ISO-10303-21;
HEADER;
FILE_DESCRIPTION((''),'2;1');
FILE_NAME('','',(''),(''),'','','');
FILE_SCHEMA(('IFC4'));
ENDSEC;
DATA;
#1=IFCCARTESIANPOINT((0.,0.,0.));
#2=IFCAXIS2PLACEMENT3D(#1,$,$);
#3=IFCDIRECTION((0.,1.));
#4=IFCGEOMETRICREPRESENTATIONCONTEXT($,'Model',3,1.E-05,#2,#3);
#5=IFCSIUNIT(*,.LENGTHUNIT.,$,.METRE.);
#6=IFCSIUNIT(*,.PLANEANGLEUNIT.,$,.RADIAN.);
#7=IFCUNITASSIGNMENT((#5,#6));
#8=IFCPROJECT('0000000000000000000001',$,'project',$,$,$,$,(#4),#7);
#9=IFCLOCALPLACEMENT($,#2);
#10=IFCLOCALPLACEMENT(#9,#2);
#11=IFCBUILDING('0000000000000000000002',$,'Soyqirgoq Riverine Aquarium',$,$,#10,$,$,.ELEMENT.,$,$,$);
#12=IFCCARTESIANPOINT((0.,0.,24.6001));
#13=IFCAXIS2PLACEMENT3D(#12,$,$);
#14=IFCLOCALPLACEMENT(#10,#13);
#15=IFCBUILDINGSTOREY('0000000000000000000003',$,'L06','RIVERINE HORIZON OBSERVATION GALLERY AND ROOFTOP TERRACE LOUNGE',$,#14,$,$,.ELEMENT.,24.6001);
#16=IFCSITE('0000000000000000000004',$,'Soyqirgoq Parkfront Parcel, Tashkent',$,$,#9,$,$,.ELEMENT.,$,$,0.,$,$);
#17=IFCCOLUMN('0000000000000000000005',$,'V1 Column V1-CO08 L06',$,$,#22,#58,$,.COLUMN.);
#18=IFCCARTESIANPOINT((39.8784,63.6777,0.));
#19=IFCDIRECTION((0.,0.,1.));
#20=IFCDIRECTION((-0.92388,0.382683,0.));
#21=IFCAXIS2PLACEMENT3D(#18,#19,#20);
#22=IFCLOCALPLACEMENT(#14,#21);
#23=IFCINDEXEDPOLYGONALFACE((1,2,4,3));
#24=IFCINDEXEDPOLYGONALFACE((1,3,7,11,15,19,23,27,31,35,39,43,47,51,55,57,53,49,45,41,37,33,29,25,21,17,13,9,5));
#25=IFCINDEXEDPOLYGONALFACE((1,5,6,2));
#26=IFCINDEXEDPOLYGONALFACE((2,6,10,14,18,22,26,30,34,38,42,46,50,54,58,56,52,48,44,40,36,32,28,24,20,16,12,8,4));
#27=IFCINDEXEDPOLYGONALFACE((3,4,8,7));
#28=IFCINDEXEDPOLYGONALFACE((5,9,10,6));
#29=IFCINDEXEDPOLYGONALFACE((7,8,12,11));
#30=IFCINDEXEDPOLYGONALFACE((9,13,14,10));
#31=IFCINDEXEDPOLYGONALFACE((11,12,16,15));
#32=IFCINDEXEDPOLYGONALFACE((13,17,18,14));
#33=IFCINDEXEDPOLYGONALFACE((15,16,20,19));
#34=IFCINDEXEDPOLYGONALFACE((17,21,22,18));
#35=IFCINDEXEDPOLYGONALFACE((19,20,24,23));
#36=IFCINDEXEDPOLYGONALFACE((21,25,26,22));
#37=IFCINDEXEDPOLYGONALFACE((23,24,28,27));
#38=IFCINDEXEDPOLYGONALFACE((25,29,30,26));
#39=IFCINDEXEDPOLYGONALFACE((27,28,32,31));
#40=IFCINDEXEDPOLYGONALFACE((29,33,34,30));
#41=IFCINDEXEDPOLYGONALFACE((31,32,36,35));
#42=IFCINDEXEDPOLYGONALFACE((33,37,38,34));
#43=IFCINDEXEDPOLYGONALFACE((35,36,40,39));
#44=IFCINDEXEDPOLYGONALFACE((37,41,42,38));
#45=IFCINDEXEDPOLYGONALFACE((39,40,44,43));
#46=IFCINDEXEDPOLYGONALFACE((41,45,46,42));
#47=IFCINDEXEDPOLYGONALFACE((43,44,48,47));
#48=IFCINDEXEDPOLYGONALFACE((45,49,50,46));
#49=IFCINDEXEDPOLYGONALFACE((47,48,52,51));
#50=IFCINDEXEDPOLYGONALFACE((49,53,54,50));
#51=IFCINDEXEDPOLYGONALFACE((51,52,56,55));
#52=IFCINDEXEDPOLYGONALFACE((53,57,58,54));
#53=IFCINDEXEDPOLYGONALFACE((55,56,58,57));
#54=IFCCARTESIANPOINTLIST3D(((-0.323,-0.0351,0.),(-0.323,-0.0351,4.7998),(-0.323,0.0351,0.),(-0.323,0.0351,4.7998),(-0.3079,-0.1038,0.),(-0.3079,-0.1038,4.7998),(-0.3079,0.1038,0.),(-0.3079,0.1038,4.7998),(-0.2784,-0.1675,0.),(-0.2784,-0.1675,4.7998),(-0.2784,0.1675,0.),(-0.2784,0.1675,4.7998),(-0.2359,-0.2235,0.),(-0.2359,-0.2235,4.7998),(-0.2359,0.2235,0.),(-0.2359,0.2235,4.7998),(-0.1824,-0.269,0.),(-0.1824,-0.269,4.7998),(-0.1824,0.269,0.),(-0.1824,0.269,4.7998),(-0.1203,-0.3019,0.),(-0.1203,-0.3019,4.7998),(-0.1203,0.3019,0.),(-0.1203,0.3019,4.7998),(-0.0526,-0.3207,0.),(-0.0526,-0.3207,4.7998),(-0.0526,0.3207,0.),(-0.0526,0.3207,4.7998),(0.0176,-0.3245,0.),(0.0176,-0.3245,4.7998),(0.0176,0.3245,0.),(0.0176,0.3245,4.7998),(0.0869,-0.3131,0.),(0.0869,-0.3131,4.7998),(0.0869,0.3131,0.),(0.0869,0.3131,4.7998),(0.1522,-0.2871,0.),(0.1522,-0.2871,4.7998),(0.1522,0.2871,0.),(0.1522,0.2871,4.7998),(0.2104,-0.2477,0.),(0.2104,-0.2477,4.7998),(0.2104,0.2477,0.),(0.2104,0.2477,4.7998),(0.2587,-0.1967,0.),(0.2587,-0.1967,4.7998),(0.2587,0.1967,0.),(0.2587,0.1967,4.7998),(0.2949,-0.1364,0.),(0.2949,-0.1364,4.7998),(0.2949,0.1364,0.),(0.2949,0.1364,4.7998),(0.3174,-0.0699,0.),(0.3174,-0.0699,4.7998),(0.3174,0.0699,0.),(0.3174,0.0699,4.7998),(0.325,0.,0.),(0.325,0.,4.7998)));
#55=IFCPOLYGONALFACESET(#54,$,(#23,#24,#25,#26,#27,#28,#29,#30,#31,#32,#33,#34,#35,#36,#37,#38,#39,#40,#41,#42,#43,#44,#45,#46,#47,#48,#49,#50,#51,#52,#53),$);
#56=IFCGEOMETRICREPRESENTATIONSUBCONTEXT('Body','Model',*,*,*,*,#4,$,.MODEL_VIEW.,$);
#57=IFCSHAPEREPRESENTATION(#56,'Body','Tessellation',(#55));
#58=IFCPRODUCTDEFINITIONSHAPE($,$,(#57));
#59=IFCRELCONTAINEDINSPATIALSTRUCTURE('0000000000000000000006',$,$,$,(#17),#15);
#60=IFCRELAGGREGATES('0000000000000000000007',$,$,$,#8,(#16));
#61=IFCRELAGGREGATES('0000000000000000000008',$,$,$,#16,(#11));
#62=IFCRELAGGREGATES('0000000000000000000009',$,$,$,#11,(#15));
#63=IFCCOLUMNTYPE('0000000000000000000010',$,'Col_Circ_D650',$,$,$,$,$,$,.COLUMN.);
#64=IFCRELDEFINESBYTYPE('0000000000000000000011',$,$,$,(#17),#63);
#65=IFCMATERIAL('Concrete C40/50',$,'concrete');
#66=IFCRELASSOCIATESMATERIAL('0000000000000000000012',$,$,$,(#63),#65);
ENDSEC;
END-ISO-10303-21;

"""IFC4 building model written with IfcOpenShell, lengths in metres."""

from ifc_helpers import new_model, si_unit, direction, frame, origin, origin_2d, place, context, subcontext, project, spatial, circle, extrude, material, material_profile, profile_set, type_object, element, save


model = new_model("IFC4")

# Units and contexts
model_context = context("Model", 3, precision=1e-05, world=origin(), true_north=direction((0.0, 1.0)))
body_context = subcontext(model_context, "Body", "Model", "MODEL_VIEW")
ifc_project = project(units=[si_unit("LENGTHUNIT", "METRE"), si_unit("PLANEANGLEUNIT", "RADIAN")], contexts=[model_context])

# Site, building, storey
site_placement = place(None, origin())
site = spatial("IfcSite", under=ifc_project, at=site_placement, Name="Soyqirgoq Parkfront Parcel, Tashkent", CompositionType="ELEMENT", RefElevation=0.0)
building_placement = place(site_placement, origin())
building = spatial("IfcBuilding", under=site, at=building_placement, Name="Soyqirgoq Riverine Aquarium", CompositionType="ELEMENT")
storey_placement = place(building_placement, frame((0.0, 0.0, 24.6001)))
storey = spatial("IfcBuildingStorey", under=building, at=storey_placement, Name="L06", Description="RIVERINE HORIZON OBSERVATION GALLERY AND ROOFTOP TERRACE LOUNGE", CompositionType="ELEMENT", Elevation=24.6001)

# Column
ifc_material_1 = material(Name="Concrete C40/50", Category="concrete")
ifc_material_profile_1 = material_profile(ifc_material_1, circle(Radius=0.325, at=origin_2d()), Name="RC-COL D650")
ifc_profile_set_1 = profile_set([ifc_material_profile_1], Name="Concrete C40/50")
column_type = type_object("IfcColumnType", Name="Col_Circ_D650", PredefinedType="COLUMN", material=ifc_profile_set_1)
column_placement = place(storey_placement, frame((39.8784, 63.6777, 0.0), z_axis=(0.0, 0.0, 1.0), x_axis=(-0.92388, 0.382683, 0.0)))
element("IfcColumn", 1, at=column_placement, inside=storey, type_object=column_type, Name="V1 Column V1-CO08 L06", PredefinedType="COLUMN", context=body_context, shape_type="SweptSolid", body=[
    extrude(circle(Radius=0.325, at=origin_2d()), origin(), (0.0, 0.0, 1.0), 4.7998),
])

save(model, "model.ifc")
